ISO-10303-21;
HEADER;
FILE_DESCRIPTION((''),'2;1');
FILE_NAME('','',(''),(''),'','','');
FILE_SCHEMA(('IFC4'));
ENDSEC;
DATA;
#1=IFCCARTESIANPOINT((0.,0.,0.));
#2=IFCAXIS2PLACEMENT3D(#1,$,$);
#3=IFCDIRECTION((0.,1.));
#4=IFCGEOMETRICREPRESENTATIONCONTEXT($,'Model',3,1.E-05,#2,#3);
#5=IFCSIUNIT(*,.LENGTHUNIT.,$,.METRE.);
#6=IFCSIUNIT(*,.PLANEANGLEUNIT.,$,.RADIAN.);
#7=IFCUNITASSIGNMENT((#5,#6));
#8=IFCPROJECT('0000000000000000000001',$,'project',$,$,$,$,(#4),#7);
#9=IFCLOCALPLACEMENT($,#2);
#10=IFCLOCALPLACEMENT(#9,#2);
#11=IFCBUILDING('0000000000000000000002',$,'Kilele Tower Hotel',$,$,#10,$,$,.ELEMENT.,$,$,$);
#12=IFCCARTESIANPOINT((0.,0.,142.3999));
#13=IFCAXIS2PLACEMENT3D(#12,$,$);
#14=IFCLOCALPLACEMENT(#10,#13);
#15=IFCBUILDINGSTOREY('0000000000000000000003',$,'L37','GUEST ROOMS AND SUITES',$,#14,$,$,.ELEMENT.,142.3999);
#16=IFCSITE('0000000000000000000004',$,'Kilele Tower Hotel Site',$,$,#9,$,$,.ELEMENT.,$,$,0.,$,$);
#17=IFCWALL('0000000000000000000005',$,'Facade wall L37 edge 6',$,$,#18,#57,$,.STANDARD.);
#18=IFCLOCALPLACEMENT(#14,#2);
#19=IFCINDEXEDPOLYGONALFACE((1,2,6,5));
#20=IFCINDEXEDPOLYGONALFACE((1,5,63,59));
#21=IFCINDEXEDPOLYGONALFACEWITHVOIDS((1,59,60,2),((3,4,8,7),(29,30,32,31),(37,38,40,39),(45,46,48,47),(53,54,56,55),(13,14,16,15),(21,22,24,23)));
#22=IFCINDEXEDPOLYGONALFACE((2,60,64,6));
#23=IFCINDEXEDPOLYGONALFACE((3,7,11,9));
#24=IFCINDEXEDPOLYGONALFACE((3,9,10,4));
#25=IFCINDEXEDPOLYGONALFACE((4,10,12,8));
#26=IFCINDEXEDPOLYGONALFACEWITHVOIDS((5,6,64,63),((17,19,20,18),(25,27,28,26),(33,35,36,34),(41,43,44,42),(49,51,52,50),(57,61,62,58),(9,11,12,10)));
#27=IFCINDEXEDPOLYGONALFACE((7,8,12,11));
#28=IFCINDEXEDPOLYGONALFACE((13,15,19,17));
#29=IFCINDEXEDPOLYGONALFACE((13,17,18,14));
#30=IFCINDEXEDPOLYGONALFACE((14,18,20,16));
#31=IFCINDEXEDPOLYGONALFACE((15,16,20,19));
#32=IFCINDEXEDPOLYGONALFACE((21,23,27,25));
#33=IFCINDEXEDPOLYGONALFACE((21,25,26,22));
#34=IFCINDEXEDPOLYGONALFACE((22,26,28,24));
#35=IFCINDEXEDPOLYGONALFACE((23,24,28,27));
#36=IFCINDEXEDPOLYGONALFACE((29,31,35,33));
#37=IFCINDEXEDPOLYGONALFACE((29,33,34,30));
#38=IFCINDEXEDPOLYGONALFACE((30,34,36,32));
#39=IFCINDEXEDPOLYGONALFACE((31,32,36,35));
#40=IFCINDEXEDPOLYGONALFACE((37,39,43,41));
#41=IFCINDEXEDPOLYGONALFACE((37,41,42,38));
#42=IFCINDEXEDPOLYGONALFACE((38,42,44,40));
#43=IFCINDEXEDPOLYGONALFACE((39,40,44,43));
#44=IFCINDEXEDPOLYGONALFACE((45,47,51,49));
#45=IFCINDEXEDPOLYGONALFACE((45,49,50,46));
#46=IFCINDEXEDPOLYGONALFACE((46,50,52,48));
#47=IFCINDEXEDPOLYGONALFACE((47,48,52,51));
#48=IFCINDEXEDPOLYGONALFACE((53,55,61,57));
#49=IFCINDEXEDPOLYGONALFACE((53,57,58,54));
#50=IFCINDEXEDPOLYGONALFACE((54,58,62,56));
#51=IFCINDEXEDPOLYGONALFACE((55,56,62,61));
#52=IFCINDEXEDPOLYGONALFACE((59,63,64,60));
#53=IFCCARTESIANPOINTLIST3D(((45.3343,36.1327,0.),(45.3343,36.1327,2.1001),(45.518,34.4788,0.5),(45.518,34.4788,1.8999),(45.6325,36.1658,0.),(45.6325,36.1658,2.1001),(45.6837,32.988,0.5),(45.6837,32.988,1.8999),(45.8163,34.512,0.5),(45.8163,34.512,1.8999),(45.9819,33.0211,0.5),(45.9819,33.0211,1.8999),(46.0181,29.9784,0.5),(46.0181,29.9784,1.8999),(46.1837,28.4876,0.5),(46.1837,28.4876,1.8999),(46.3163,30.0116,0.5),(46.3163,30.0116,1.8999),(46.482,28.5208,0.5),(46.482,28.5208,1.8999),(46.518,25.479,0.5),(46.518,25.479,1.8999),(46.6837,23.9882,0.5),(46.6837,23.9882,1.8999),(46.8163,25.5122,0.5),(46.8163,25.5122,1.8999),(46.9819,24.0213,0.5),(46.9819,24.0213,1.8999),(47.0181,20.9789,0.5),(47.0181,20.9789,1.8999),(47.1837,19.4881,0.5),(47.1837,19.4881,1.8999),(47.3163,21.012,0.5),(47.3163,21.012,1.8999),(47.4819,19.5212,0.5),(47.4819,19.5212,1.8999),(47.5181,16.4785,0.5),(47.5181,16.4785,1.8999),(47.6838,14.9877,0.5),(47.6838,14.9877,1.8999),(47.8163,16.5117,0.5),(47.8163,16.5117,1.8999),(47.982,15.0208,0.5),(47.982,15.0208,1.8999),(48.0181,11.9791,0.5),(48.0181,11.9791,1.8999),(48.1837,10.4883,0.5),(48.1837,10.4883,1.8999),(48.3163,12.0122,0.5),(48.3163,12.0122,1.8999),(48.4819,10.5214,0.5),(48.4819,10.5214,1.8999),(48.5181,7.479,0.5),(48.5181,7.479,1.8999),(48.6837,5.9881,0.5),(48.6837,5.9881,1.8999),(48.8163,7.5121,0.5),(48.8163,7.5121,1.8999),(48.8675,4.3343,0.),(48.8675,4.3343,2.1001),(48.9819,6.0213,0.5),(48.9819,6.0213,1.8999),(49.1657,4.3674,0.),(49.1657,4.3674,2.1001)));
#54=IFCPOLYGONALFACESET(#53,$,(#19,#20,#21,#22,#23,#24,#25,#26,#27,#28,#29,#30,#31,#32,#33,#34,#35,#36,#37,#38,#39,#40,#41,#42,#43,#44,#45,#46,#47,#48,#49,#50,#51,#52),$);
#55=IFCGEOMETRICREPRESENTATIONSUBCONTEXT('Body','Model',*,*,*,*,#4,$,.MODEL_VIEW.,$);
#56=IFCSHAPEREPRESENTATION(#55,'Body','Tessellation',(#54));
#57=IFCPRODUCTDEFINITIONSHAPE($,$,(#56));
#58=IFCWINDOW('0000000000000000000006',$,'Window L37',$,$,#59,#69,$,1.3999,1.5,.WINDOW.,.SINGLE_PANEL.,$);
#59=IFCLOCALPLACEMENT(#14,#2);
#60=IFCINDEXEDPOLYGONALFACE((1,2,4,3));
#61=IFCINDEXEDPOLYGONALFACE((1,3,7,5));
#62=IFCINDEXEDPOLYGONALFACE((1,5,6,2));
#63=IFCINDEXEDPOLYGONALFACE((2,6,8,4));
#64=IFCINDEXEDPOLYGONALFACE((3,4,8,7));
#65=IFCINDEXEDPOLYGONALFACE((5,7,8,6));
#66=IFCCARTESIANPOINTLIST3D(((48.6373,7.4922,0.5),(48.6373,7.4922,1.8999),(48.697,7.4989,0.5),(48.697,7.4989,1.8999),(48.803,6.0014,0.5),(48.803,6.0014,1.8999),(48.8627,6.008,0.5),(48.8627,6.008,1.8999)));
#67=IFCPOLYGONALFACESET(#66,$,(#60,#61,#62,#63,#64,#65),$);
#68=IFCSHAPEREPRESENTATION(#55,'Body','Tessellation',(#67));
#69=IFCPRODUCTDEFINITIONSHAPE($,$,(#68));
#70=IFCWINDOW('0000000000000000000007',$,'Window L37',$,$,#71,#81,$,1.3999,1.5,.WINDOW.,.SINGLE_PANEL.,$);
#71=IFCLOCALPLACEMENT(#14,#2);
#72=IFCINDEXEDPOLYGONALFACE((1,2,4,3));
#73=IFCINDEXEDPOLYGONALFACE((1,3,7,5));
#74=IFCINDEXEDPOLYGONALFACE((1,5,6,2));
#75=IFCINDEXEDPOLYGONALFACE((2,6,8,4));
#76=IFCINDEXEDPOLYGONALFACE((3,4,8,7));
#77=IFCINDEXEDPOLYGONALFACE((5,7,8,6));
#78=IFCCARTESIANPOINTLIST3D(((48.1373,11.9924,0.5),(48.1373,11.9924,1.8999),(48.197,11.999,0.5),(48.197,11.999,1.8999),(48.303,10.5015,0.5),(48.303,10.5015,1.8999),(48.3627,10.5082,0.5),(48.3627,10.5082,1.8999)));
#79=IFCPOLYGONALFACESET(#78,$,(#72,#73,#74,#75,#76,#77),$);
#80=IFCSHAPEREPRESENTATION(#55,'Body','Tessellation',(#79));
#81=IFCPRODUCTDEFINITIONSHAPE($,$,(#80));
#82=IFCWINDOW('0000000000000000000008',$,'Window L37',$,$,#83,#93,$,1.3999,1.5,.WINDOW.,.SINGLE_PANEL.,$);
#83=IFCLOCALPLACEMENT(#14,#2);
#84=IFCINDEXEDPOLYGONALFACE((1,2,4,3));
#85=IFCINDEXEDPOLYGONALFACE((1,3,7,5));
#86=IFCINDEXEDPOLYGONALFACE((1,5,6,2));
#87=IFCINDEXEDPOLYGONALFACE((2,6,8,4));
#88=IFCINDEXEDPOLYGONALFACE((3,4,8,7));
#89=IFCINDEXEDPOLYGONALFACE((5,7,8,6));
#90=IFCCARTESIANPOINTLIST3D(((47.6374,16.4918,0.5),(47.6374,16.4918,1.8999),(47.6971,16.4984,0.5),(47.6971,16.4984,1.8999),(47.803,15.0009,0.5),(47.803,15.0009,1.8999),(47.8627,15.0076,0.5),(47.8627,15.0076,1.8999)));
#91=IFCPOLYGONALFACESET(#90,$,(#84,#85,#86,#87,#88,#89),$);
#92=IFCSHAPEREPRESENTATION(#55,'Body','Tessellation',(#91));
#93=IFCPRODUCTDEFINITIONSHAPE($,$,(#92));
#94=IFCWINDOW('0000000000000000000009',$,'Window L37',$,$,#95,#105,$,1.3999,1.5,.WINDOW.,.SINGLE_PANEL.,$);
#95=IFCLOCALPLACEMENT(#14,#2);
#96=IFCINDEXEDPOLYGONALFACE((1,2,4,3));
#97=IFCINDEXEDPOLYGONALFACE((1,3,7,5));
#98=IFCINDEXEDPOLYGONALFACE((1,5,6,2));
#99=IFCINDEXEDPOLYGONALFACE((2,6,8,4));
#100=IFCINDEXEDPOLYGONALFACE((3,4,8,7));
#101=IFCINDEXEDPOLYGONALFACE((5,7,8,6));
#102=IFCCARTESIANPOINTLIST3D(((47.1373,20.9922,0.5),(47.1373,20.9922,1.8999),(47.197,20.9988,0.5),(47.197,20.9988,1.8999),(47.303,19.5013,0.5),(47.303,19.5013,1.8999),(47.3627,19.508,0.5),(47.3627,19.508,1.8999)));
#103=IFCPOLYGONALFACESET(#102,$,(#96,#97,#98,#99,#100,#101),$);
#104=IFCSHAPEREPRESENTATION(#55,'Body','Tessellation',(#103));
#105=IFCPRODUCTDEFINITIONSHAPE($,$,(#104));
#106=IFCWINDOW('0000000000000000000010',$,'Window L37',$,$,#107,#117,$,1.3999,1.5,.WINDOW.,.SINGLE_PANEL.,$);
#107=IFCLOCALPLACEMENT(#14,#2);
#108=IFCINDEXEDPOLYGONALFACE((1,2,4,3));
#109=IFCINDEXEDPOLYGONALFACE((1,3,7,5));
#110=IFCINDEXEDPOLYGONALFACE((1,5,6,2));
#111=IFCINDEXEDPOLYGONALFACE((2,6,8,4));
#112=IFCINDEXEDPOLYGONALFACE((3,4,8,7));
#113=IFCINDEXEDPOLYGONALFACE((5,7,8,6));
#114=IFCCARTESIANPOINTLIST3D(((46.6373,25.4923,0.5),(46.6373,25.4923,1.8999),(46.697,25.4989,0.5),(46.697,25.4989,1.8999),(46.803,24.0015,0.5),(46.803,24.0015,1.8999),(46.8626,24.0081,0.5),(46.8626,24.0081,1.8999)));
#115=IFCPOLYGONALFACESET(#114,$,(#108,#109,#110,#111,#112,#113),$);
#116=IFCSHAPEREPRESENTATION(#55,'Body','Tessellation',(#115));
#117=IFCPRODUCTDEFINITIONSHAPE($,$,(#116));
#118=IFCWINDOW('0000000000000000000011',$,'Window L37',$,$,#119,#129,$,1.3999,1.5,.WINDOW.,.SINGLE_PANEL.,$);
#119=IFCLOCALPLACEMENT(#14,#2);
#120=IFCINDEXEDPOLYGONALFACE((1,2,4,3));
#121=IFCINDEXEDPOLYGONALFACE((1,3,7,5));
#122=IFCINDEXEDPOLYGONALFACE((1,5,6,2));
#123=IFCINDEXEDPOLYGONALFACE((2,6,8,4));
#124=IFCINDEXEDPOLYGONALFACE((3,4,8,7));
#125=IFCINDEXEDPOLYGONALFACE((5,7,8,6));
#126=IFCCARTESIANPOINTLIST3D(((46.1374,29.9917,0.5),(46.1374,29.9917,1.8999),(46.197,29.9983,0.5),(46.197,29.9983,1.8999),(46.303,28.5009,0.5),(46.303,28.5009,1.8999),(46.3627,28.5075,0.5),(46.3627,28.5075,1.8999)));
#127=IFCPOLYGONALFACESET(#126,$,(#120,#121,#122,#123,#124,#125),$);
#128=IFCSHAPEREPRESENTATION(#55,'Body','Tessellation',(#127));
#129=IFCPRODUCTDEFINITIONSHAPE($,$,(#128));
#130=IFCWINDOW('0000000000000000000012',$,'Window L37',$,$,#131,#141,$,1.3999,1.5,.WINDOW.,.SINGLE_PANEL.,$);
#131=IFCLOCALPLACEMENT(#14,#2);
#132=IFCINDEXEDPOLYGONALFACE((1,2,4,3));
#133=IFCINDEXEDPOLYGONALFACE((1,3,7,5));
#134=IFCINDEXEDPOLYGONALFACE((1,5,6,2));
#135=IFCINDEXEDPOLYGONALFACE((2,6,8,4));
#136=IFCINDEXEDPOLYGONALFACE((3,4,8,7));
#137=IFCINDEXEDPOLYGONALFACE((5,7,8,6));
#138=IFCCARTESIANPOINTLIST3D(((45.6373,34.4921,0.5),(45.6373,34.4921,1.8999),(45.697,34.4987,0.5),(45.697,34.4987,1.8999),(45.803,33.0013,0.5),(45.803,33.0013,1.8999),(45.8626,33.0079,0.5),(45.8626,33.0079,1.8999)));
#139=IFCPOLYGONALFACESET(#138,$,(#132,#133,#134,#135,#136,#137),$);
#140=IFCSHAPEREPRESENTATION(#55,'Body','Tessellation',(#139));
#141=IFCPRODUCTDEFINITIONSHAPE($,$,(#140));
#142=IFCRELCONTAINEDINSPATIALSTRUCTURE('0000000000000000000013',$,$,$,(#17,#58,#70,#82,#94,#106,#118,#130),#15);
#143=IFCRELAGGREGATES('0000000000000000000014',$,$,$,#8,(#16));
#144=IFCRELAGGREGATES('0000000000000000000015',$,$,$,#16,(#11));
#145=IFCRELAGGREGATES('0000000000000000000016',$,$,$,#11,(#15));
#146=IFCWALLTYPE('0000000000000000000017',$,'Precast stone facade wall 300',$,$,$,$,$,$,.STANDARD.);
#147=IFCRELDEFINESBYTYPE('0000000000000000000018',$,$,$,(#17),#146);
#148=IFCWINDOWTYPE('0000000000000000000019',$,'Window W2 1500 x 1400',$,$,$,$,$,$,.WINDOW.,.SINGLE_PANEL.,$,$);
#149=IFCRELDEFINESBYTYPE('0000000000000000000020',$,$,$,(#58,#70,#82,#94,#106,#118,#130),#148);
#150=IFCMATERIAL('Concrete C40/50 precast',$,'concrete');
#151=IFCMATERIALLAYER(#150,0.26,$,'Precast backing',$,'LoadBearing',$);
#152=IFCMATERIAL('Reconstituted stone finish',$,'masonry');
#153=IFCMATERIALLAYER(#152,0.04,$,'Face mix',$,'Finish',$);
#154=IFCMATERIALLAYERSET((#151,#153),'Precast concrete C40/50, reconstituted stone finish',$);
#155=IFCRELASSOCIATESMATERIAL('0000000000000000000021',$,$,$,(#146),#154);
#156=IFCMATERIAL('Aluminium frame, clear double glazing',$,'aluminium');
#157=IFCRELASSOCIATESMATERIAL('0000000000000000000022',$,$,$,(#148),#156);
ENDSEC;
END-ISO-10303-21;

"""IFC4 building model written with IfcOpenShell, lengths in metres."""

from ifc_helpers import new_model, si_unit, direction, frame, frame_2d, origin, place, context, subcontext, project, spatial, rectangle, extrude, material, layer, layer_set, type_object, element, fill, save


model = new_model("IFC4")

# Units and contexts
model_context = context("Model", 3, precision=1e-05, world=origin(), true_north=direction((0.0, 1.0)))
body_context = subcontext(model_context, "Body", "Model", "MODEL_VIEW")
ifc_project = project(units=[si_unit("LENGTHUNIT", "METRE"), si_unit("PLANEANGLEUNIT", "RADIAN")], contexts=[model_context])

# Site, building, storey
site_placement = place(None, origin())
site = spatial("IfcSite", under=ifc_project, at=site_placement, Name="Kilele Tower Hotel Site", CompositionType="ELEMENT", RefElevation=0.0)
building_placement = place(site_placement, origin())
building = spatial("IfcBuilding", under=site, at=building_placement, Name="Kilele Tower Hotel", CompositionType="ELEMENT")
storey_placement = place(building_placement, frame((0.0, 0.0, 142.3999)))
storey = spatial("IfcBuildingStorey", under=building, at=storey_placement, Name="L37", Description="GUEST ROOMS AND SUITES", CompositionType="ELEMENT", Elevation=142.3999)

# Shared definitions
ifc_material_1 = material(Name="Concrete C40/50 precast", Category="concrete")
ifc_layer_1 = layer(ifc_material_1, 0.26, Name="Precast backing", Category="LoadBearing")
ifc_material_2 = material(Name="Reconstituted stone finish", Category="masonry")
ifc_layer_2 = layer(ifc_material_2, 0.04, Name="Face mix", Category="Finish")
ifc_layer_set_1 = layer_set([ifc_layer_1, ifc_layer_2], Name="Precast concrete C40/50, reconstituted stone finish")
wall_type_1 = type_object("IfcWallType", Name="Precast stone facade wall 300", PredefinedType="STANDARD", material=ifc_layer_set_1)
ifc_material_3 = material(Name="Aluminium frame, clear double glazing", Category="aluminium")
window_type = type_object("IfcWindowType", Name="Window W2 1500 x 1400", PartitioningType="SINGLE_PANEL", PredefinedType="WINDOW", material=ifc_material_3)

# Wall, openings, windows
wall_1_placement = place(storey_placement, frame((49.0166, 4.3508, 0.0), z_axis=(0.0, 0.0, 1.0), x_axis=(-0.110433, 0.993884, 0.0)))
wall_1 = element("IfcWall", 1, at=wall_1_placement, inside=storey, type_object=wall_type_1, Name="Facade wall L37 edge 6", PredefinedType="STANDARD", context=body_context, shape_type="SweptSolid", body=[
    extrude(rectangle(XDim=31.9941, YDim=0.3, at=frame_2d((15.9971, 0.0))), origin(), (0.0, 0.0, 1.0), 2.1001),
])
opening_1_placement = place(wall_1_placement, frame((1.6641, 0.0, 0.5)))
opening_1 = element("IfcOpeningElement", 2, at=opening_1_placement, cuts=wall_1, PredefinedType="OPENING", context=body_context, shape_type="SweptSolid", body=[
    extrude(rectangle(XDim=1.5, YDim=1.3999, at=frame_2d((0.75, 0.7))), frame((0.0, 0.1599, 0.0), z_axis=(0.0, -1.0, 0.0), x_axis=(1.0, 0.0, 0.0)), (0.0, 0.0, 1.0), 0.3201),
])
opening_2_placement = place(wall_1_placement, frame((6.1919, 0.0, 0.5)))
opening_2 = element("IfcOpeningElement", 3, at=opening_2_placement, cuts=wall_1, PredefinedType="OPENING", context=body_context, shape_type="SweptSolid", body=[
    extrude(rectangle(XDim=1.5, YDim=1.3999, at=frame_2d((0.75, 0.7))), frame((0.0, 0.1599, 0.0), z_axis=(0.0, -1.0, 0.0), x_axis=(1.0, 0.0, 0.0)), (0.0, 0.0, 1.0), 0.3201),
])
opening_3_placement = place(wall_1_placement, frame((10.719, 0.0, 0.5)))
opening_3 = element("IfcOpeningElement", 4, at=opening_3_placement, cuts=wall_1, PredefinedType="OPENING", context=body_context, shape_type="SweptSolid", body=[
    extrude(rectangle(XDim=1.5, YDim=1.3999, at=frame_2d((0.75, 0.7))), frame((0.0, 0.1599, 0.0), z_axis=(0.0, -1.0, 0.0), x_axis=(1.0, 0.0, 0.0)), (0.0, 0.0, 1.0), 0.3201),
])
opening_4_placement = place(wall_1_placement, frame((15.2471, 0.0, 0.5)))
opening_4 = element("IfcOpeningElement", 5, at=opening_4_placement, cuts=wall_1, PredefinedType="OPENING", context=body_context, shape_type="SweptSolid", body=[
    extrude(rectangle(XDim=1.5, YDim=1.3999, at=frame_2d((0.75, 0.7))), frame((0.0, 0.1599, 0.0), z_axis=(0.0, -1.0, 0.0), x_axis=(1.0, 0.0, 0.0)), (0.0, 0.0, 1.0), 0.3201),
])
opening_5_placement = place(wall_1_placement, frame((19.7749, 0.0, 0.5)))
opening_5 = element("IfcOpeningElement", 6, at=opening_5_placement, cuts=wall_1, PredefinedType="OPENING", context=body_context, shape_type="SweptSolid", body=[
    extrude(rectangle(XDim=1.5, YDim=1.3999, at=frame_2d((0.75, 0.7))), frame((0.0, 0.1599, 0.0), z_axis=(0.0, -1.0, 0.0), x_axis=(1.0, 0.0, 0.0)), (0.0, 0.0, 1.0), 0.3201),
])
opening_6_placement = place(wall_1_placement, frame((24.302, 0.0, 0.5)))
opening_6 = element("IfcOpeningElement", 7, at=opening_6_placement, cuts=wall_1, PredefinedType="OPENING", context=body_context, shape_type="SweptSolid", body=[
    extrude(rectangle(XDim=1.5, YDim=1.3999, at=frame_2d((0.75, 0.7))), frame((0.0, 0.1599, 0.0), z_axis=(0.0, -1.0, 0.0), x_axis=(1.0, 0.0, 0.0)), (0.0, 0.0, 1.0), 0.3201),
])
opening_7_placement = place(wall_1_placement, frame((28.8301, 0.0, 0.5)))
opening_7 = element("IfcOpeningElement", 8, at=opening_7_placement, cuts=wall_1, PredefinedType="OPENING", context=body_context, shape_type="SweptSolid", body=[
    extrude(rectangle(XDim=1.5, YDim=1.3999, at=frame_2d((0.75, 0.7))), frame((0.0, 0.1599, 0.0), z_axis=(0.0, -1.0, 0.0), x_axis=(1.0, 0.0, 0.0)), (0.0, 0.0, 1.0), 0.3201),
])
window_1_placement = place(opening_1_placement, origin())
window_1 = element("IfcWindow", 9, at=window_1_placement, inside=storey, type_object=window_type, Name="Window L37", OverallHeight=1.3999, OverallWidth=1.5, PartitioningType="SINGLE_PANEL", PredefinedType="WINDOW", context=body_context, shape_type="SweptSolid", body=[
    extrude(rectangle(XDim=1.5, YDim=1.3999, at=frame_2d((0.75, 0.7))), frame((0.0, 0.03, 0.0), z_axis=(0.0, -1.0, 0.0), x_axis=(1.0, 0.0, 0.0)), (0.0, 0.0, 1.0), 0.0601),
])
fill(opening_1, window_1)
window_2_placement = place(opening_2_placement, origin())
window_2 = element("IfcWindow", 10, at=window_2_placement, inside=storey, type_object=window_type, Name="Window L37", OverallHeight=1.3999, OverallWidth=1.5, PartitioningType="SINGLE_PANEL", PredefinedType="WINDOW", context=body_context, shape_type="SweptSolid", body=[
    extrude(rectangle(XDim=1.5, YDim=1.3999, at=frame_2d((0.75, 0.7))), frame((0.0, 0.03, 0.0), z_axis=(0.0, -1.0, 0.0), x_axis=(1.0, 0.0, 0.0)), (0.0, 0.0, 1.0), 0.0601),
])
fill(opening_2, window_2)
window_3_placement = place(opening_3_placement, origin())
window_3 = element("IfcWindow", 11, at=window_3_placement, inside=storey, type_object=window_type, Name="Window L37", OverallHeight=1.3999, OverallWidth=1.5, PartitioningType="SINGLE_PANEL", PredefinedType="WINDOW", context=body_context, shape_type="SweptSolid", body=[
    extrude(rectangle(XDim=1.5, YDim=1.3999, at=frame_2d((0.75, 0.7))), frame((0.0, 0.03, 0.0), z_axis=(0.0, -1.0, 0.0), x_axis=(1.0, 0.0, 0.0)), (0.0, 0.0, 1.0), 0.0601),
])
fill(opening_3, window_3)
window_4_placement = place(opening_4_placement, origin())
window_4 = element("IfcWindow", 12, at=window_4_placement, inside=storey, type_object=window_type, Name="Window L37", OverallHeight=1.3999, OverallWidth=1.5, PartitioningType="SINGLE_PANEL", PredefinedType="WINDOW", context=body_context, shape_type="SweptSolid", body=[
    extrude(rectangle(XDim=1.5, YDim=1.3999, at=frame_2d((0.75, 0.7))), frame((0.0, 0.03, 0.0), z_axis=(0.0, -1.0, 0.0), x_axis=(1.0, 0.0, 0.0)), (0.0, 0.0, 1.0), 0.0601),
])
fill(opening_4, window_4)
window_5_placement = place(opening_5_placement, origin())
window_5 = element("IfcWindow", 13, at=window_5_placement, inside=storey, type_object=window_type, Name="Window L37", OverallHeight=1.3999, OverallWidth=1.5, PartitioningType="SINGLE_PANEL", PredefinedType="WINDOW", context=body_context, shape_type="SweptSolid", body=[
    extrude(rectangle(XDim=1.5, YDim=1.3999, at=frame_2d((0.75, 0.7))), frame((0.0, 0.03, 0.0), z_axis=(0.0, -1.0, 0.0), x_axis=(1.0, 0.0, 0.0)), (0.0, 0.0, 1.0), 0.0601),
])
fill(opening_5, window_5)
window_6_placement = place(opening_6_placement, origin())
window_6 = element("IfcWindow", 14, at=window_6_placement, inside=storey, type_object=window_type, Name="Window L37", OverallHeight=1.3999, OverallWidth=1.5, PartitioningType="SINGLE_PANEL", PredefinedType="WINDOW", context=body_context, shape_type="SweptSolid", body=[
    extrude(rectangle(XDim=1.5, YDim=1.3999, at=frame_2d((0.75, 0.7))), frame((0.0, 0.03, 0.0), z_axis=(0.0, -1.0, 0.0), x_axis=(1.0, 0.0, 0.0)), (0.0, 0.0, 1.0), 0.0601),
])
fill(opening_6, window_6)
window_7_placement = place(opening_7_placement, origin())
window_7 = element("IfcWindow", 15, at=window_7_placement, inside=storey, type_object=window_type, Name="Window L37", OverallHeight=1.3999, OverallWidth=1.5, PartitioningType="SINGLE_PANEL", PredefinedType="WINDOW", context=body_context, shape_type="SweptSolid", body=[
    extrude(rectangle(XDim=1.5, YDim=1.3999, at=frame_2d((0.75, 0.7))), frame((0.0, 0.03, 0.0), z_axis=(0.0, -1.0, 0.0), x_axis=(1.0, 0.0, 0.0)), (0.0, 0.0, 1.0), 0.0601),
])
fill(opening_7, window_7)

save(model, "model.ifc")
